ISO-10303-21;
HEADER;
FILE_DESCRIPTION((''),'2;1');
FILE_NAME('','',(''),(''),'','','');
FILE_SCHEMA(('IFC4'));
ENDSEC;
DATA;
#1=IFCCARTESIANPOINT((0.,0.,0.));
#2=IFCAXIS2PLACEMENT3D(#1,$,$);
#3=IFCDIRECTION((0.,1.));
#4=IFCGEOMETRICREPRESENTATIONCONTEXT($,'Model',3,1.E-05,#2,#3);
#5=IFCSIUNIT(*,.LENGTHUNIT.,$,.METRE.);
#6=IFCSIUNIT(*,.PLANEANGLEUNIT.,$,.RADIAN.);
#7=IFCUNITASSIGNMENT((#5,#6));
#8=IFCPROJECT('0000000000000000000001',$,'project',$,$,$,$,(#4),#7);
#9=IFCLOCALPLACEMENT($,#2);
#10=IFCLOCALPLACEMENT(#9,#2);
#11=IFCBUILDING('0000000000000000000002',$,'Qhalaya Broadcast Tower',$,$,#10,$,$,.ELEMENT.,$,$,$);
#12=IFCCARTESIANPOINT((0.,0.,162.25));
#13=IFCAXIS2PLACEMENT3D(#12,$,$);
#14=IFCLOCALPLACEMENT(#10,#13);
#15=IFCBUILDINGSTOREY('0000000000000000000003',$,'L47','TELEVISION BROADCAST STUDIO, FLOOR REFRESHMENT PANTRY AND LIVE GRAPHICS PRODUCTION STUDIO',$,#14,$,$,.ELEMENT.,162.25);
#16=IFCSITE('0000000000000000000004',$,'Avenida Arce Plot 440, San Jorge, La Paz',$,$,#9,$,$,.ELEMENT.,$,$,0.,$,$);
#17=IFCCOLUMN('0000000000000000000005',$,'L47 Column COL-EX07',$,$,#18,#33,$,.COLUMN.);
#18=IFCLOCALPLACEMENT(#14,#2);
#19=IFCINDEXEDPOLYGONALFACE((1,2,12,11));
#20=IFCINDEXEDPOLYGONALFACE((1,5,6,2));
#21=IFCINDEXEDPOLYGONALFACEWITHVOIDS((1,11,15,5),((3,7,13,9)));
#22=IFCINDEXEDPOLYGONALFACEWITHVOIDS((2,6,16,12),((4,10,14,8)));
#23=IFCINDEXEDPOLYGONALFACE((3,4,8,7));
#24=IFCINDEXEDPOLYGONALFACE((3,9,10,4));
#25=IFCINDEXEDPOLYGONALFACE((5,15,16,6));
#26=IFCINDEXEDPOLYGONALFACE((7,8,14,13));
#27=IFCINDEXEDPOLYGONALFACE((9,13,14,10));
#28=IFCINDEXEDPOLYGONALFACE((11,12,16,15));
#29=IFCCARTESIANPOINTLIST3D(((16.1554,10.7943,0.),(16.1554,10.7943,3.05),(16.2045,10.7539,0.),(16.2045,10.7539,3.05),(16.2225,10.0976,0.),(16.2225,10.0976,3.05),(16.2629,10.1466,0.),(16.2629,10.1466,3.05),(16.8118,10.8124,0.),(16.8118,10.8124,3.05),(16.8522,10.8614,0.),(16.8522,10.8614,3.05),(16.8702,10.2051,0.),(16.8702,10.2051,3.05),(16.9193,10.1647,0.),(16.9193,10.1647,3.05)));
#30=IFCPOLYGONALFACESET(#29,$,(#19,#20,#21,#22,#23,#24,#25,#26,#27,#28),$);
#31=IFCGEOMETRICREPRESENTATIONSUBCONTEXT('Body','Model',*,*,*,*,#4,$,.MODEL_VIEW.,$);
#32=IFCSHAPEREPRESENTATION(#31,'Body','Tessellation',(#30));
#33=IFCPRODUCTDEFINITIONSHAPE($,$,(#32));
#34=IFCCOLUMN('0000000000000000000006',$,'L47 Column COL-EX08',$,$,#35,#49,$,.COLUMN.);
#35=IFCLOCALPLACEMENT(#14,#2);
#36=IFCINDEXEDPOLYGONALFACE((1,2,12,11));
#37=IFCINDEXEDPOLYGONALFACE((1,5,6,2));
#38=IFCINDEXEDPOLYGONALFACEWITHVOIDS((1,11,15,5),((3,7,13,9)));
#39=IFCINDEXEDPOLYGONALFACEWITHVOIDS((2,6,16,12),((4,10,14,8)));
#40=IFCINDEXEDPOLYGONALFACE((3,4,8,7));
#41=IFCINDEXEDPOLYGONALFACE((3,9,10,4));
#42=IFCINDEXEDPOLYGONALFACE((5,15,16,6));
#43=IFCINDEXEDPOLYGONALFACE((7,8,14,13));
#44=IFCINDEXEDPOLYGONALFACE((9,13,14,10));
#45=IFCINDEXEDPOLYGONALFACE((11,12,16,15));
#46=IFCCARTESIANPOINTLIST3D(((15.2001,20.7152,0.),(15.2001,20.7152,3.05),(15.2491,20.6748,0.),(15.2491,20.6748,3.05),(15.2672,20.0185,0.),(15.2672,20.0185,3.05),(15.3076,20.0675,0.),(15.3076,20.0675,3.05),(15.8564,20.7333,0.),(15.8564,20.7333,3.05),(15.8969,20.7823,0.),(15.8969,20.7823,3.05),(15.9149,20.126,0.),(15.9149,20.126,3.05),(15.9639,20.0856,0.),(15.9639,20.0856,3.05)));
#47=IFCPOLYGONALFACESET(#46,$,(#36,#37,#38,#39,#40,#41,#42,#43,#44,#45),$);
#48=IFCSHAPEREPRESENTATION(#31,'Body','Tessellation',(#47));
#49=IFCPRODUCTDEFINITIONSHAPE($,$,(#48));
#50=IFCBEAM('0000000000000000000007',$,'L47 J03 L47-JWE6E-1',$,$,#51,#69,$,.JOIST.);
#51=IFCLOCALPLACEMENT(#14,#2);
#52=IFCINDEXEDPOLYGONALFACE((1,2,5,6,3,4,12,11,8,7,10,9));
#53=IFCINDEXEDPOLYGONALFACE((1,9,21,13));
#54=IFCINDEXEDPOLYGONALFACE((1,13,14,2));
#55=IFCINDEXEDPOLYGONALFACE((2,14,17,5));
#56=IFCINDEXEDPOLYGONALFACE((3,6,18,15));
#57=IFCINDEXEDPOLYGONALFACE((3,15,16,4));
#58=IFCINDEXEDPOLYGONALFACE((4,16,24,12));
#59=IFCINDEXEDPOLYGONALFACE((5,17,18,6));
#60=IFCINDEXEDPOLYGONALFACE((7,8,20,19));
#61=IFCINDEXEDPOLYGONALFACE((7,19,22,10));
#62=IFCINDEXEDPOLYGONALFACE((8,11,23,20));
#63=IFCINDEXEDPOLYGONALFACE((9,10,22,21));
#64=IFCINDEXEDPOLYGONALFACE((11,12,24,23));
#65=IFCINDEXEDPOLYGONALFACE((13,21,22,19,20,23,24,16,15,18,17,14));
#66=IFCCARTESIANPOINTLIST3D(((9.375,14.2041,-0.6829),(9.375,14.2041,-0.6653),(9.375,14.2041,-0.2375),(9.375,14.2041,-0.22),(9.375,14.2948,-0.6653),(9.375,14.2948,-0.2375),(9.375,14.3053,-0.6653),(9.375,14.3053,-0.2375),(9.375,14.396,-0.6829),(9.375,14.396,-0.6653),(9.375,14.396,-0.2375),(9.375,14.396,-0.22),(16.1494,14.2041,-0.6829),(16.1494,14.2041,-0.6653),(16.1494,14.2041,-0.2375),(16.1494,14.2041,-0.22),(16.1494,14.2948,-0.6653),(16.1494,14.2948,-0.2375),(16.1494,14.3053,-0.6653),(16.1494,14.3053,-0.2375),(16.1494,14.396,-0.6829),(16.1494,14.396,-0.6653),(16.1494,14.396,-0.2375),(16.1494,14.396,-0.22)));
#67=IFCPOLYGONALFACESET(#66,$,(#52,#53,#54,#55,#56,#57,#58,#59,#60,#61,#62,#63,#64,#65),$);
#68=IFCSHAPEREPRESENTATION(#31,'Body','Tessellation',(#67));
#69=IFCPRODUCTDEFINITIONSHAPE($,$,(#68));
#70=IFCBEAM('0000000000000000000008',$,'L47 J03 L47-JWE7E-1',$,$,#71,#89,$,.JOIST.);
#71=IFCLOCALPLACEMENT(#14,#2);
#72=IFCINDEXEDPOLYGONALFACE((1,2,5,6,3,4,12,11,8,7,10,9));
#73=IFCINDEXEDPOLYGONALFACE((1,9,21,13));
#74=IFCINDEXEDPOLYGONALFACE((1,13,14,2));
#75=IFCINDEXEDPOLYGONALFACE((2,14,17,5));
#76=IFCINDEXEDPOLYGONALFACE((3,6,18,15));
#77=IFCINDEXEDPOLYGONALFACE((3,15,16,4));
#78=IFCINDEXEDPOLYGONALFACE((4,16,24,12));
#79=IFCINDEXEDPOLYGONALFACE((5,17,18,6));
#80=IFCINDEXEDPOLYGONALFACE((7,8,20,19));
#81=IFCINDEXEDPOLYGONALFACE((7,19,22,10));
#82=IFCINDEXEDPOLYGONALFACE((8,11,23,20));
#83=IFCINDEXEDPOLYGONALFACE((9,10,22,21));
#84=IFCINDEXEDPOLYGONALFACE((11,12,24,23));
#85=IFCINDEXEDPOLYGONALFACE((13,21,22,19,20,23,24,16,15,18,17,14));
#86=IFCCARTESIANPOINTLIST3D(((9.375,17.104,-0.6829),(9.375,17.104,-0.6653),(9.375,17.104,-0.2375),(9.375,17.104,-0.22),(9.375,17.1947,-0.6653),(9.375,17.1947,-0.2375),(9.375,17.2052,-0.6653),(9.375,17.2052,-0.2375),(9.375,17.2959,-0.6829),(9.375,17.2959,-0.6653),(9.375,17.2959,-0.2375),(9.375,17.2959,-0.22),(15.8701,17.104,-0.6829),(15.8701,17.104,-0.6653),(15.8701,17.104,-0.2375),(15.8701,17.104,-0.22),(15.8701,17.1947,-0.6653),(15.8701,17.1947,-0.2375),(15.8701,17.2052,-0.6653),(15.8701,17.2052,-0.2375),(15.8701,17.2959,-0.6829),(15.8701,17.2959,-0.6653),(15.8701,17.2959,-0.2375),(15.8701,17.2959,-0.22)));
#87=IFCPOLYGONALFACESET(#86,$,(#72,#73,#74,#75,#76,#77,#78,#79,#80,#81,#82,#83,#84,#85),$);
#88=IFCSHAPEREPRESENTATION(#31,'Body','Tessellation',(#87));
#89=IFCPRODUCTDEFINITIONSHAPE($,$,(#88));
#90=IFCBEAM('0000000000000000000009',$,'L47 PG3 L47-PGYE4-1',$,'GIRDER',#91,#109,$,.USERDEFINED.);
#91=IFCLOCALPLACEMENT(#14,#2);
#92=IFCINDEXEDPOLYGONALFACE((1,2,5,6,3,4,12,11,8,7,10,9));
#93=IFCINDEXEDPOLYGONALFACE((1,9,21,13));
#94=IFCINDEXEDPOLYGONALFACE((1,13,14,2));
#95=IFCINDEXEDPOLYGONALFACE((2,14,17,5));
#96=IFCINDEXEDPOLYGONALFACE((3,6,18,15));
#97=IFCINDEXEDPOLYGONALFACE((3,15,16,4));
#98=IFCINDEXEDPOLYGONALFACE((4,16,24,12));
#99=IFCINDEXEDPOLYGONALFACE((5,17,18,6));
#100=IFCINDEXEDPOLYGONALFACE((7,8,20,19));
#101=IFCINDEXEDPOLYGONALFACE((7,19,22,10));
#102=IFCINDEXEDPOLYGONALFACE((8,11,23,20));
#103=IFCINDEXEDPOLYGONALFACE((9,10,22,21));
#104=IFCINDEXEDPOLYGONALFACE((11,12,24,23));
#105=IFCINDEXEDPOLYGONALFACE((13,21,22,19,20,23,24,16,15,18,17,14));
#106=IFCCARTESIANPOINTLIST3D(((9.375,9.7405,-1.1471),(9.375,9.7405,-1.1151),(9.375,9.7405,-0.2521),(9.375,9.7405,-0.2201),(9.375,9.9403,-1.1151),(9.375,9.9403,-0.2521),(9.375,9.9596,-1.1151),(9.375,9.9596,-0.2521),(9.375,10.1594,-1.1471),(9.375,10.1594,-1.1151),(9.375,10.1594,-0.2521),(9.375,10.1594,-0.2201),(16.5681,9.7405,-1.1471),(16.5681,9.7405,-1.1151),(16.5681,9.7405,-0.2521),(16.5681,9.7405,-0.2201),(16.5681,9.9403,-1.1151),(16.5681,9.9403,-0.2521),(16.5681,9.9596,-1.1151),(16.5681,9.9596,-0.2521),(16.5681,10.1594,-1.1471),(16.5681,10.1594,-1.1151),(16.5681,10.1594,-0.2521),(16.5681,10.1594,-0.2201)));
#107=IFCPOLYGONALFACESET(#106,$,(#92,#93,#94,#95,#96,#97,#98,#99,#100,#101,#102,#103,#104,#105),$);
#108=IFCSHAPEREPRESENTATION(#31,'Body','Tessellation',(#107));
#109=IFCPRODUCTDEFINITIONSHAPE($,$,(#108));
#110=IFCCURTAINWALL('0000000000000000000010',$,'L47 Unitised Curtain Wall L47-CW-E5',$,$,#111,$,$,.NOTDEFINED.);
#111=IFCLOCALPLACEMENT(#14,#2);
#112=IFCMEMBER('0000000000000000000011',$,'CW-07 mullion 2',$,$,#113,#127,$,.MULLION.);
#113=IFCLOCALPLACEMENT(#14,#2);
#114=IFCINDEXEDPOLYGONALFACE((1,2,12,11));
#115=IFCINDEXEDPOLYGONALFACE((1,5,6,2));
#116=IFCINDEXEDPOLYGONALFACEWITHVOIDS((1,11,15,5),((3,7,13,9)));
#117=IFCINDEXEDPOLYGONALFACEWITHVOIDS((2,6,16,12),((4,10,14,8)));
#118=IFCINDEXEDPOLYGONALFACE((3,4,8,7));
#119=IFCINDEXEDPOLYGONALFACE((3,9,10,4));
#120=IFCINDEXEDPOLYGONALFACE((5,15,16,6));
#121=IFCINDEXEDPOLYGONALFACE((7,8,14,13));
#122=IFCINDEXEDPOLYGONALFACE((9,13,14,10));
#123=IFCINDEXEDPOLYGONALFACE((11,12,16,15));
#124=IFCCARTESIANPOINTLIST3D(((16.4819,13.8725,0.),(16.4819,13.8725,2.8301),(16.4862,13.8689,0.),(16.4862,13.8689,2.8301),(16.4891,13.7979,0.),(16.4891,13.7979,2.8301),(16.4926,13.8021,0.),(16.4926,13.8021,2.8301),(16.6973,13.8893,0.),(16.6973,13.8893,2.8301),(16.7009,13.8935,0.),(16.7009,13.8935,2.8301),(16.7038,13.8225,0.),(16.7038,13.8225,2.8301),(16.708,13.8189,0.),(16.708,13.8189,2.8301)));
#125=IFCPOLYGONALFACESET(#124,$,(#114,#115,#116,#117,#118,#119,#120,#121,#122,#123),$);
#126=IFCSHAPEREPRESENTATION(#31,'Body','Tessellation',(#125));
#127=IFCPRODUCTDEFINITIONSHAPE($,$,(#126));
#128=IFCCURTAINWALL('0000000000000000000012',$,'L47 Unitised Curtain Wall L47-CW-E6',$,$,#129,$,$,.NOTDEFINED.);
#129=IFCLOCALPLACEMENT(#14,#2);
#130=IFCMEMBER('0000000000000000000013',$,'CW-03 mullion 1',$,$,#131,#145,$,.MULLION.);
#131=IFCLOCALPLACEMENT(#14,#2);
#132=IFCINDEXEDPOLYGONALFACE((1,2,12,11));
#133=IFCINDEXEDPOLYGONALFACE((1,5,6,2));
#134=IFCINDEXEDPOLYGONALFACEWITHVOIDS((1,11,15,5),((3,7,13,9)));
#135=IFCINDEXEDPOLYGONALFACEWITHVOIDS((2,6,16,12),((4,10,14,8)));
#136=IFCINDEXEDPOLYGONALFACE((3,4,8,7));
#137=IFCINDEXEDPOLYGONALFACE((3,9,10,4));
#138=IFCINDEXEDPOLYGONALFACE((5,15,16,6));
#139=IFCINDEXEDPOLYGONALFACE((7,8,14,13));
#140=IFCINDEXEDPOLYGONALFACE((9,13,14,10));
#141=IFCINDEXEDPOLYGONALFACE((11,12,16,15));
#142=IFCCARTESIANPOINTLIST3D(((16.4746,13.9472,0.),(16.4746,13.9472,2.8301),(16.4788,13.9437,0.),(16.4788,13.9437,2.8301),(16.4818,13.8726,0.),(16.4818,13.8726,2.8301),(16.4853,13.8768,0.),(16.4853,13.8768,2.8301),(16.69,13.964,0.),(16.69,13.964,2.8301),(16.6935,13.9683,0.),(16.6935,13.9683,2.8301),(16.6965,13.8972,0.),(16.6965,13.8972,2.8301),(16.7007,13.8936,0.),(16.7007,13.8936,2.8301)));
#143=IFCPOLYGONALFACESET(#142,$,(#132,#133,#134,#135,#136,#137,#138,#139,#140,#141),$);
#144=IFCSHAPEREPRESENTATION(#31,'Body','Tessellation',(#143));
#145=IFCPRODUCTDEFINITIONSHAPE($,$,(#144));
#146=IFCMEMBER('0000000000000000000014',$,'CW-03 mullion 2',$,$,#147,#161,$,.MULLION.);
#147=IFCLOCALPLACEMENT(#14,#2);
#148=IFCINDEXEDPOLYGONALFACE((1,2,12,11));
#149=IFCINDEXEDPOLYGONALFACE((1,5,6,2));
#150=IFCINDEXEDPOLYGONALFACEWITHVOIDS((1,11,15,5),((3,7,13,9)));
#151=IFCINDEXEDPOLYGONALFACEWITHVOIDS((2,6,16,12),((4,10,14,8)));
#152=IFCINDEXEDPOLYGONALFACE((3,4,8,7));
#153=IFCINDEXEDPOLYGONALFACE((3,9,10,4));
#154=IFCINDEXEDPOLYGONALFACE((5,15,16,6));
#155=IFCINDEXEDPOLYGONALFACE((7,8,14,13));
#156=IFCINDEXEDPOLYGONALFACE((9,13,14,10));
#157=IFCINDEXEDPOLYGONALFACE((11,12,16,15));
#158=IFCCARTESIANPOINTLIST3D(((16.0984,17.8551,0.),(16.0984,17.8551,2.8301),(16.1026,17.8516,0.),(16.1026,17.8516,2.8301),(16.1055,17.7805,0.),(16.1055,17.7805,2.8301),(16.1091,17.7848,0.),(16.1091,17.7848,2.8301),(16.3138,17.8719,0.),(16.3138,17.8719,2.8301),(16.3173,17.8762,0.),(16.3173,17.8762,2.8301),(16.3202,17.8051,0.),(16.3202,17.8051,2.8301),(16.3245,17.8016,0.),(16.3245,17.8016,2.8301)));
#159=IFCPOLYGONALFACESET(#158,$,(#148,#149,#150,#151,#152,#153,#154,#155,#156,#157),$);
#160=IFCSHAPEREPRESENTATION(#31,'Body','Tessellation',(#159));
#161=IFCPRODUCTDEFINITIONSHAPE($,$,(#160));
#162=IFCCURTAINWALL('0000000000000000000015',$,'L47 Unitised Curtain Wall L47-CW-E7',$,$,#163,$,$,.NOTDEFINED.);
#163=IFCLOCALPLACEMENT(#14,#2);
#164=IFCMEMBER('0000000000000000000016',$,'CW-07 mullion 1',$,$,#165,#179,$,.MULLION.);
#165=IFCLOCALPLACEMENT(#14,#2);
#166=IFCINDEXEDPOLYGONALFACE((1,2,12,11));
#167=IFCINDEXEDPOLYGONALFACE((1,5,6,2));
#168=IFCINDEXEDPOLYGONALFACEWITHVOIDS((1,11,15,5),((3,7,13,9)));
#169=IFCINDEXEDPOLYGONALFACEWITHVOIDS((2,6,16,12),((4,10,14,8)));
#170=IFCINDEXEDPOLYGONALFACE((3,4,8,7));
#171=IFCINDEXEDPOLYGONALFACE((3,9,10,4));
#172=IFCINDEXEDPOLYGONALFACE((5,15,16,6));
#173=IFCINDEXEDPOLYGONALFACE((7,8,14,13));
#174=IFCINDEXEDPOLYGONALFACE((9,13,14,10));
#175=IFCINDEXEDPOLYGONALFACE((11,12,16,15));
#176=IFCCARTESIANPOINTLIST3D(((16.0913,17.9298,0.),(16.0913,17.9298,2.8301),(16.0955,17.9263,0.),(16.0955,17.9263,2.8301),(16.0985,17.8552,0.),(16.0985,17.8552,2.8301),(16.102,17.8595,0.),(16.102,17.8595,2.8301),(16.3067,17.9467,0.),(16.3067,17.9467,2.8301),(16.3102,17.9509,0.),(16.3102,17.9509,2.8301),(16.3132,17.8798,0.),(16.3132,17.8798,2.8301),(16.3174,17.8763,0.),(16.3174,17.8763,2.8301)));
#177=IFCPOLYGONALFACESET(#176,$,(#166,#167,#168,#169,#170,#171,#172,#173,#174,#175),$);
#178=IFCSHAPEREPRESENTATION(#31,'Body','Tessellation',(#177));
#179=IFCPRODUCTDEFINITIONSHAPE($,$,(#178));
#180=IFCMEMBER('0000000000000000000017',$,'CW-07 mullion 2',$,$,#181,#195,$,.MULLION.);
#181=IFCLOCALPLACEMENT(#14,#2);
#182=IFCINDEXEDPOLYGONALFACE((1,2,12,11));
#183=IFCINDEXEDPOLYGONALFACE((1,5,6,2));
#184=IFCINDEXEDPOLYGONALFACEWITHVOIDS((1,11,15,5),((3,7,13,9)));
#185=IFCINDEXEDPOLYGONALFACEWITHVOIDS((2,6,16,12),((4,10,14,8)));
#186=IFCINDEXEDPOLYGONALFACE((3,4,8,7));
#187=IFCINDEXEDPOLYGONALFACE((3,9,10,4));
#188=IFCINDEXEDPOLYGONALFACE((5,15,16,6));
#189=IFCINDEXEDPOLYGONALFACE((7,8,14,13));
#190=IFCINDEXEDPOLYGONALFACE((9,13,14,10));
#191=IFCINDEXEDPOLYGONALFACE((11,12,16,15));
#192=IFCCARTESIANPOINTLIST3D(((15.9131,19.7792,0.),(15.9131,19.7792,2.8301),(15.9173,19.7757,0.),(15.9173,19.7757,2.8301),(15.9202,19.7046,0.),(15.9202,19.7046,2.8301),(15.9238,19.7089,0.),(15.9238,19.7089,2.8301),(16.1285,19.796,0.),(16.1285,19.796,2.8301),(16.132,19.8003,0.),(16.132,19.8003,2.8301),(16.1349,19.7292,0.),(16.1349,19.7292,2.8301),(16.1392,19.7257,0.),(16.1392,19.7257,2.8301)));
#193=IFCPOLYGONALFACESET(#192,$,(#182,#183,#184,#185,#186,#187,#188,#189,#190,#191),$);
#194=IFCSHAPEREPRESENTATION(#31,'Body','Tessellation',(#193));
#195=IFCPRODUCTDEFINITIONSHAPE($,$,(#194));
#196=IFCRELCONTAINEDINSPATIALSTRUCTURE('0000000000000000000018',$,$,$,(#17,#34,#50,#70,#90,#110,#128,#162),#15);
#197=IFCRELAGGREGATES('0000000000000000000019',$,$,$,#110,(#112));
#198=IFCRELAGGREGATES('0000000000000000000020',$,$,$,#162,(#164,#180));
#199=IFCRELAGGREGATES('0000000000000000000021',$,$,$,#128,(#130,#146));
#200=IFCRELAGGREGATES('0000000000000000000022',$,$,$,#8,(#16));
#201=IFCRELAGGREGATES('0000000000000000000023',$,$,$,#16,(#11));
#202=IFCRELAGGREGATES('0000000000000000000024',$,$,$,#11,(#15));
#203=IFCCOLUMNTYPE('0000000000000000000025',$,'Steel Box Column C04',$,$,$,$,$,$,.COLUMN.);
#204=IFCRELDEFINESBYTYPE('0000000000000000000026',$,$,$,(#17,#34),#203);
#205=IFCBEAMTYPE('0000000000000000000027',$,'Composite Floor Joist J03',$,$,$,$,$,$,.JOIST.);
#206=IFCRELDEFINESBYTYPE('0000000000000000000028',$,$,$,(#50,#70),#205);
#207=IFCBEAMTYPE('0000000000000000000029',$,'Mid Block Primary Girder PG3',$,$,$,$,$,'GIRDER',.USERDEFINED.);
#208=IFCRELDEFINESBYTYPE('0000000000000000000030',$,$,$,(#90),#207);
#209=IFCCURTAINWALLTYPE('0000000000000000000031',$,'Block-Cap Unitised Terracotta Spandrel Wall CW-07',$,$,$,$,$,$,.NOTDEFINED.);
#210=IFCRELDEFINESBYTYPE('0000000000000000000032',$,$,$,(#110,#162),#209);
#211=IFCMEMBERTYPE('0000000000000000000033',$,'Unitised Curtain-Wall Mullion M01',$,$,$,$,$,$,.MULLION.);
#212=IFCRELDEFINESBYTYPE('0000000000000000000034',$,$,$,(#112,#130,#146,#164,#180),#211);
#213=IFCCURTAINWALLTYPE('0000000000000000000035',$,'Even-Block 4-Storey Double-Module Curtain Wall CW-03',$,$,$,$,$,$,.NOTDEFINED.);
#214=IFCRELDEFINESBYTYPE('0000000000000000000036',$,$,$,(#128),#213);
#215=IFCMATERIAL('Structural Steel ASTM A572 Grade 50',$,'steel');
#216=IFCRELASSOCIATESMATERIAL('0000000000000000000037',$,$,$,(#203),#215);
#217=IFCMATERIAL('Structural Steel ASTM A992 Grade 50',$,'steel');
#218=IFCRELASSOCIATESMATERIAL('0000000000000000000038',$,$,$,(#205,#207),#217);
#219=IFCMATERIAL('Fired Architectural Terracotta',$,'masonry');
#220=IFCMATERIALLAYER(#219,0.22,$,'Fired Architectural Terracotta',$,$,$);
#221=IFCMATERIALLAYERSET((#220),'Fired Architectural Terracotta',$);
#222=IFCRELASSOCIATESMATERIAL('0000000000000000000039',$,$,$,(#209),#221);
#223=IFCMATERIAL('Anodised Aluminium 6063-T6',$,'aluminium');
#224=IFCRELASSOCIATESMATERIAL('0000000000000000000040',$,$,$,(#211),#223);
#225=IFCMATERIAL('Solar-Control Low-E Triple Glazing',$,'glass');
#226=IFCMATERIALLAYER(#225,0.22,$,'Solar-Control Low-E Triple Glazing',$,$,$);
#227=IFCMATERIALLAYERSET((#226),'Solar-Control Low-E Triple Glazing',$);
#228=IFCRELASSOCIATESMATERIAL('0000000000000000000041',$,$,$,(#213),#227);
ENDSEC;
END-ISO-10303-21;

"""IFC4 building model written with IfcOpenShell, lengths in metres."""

from ifc_helpers import new_model, si_unit, direction, frame, origin, origin_2d, place, context, subcontext, project, spatial, hollow_rectangle, i_section, extrude, material, layer, layer_set, material_profile, profile_set, type_object, element, aggregate, save


model = new_model("IFC4")

# Units and contexts
model_context = context("Model", 3, precision=1e-05, world=origin(), true_north=direction((0.0, 1.0)))
body_context = subcontext(model_context, "Body", "Model", "MODEL_VIEW")
ifc_project = project(units=[si_unit("LENGTHUNIT", "METRE"), si_unit("PLANEANGLEUNIT", "RADIAN")], contexts=[model_context])

# Site, building, storey
site_placement = place(None, origin())
site = spatial("IfcSite", under=ifc_project, at=site_placement, Name="Avenida Arce Plot 440, San Jorge, La Paz", CompositionType="ELEMENT", RefElevation=0.0)
building_placement = place(site_placement, origin())
building = spatial("IfcBuilding", under=site, at=building_placement, Name="Qhalaya Broadcast Tower", CompositionType="ELEMENT")
storey_placement = place(building_placement, frame((0.0, 0.0, 162.25)))
storey = spatial("IfcBuildingStorey", under=building, at=storey_placement, Name="L47", Description="TELEVISION BROADCAST STUDIO, FLOOR REFRESHMENT PANTRY AND LIVE GRAPHICS PRODUCTION STUDIO", CompositionType="ELEMENT", Elevation=162.25)

# Columns
ifc_material_1 = material(Name="Structural Steel ASTM A572 Grade 50", Category="steel")
ifc_material_profile_1 = material_profile(ifc_material_1, hollow_rectangle(XDim=0.7, YDim=0.7, WallThickness=0.0449, at=origin_2d()), Name="BOX 700x700x45")
ifc_profile_set_1 = profile_set([ifc_material_profile_1], Name="Structural Steel ASTM A572 Grade 50")
column_type = type_object("IfcColumnType", Name="Steel Box Column C04", PredefinedType="COLUMN", material=ifc_profile_set_1)
for number, where, z_axis, x_axis, name in (
    (1, (16.5374, 10.4795, 0.0), (0.0, 0.0, 1.0), (-0.095846, 0.995396, 0.0), "L47 Column COL-EX07"),
    (2, (15.582, 20.4004, 0.0), (0.0, 0.0, 1.0), (-0.095846, 0.995396, 0.0), "L47 Column COL-EX08"),
):
    element("IfcColumn", number, at=place(storey_placement, frame(where, z_axis=z_axis, x_axis=x_axis)), inside=storey, type_object=column_type, Name=name, PredefinedType="COLUMN", context=body_context, shape_type="SweptSolid", body=[
        extrude(hollow_rectangle(XDim=0.7, YDim=0.7, WallThickness=0.0449, at=origin_2d()), origin(), (0.0, 0.0, 1.0), 3.05),
    ])

# Beams
ifc_material_2 = material(Name="Structural Steel ASTM A992 Grade 50", Category="steel")
ifc_material_profile_2 = material_profile(ifc_material_2, i_section(OverallWidth=0.1919, OverallDepth=0.4629, WebThickness=0.0105, FlangeThickness=0.0176, at=origin_2d()), Name="W18X60")
ifc_profile_set_2 = profile_set([ifc_material_profile_2], Name="Structural Steel ASTM A992 Grade 50")
beam_type_1 = type_object("IfcBeamType", Name="Composite Floor Joist J03", PredefinedType="JOIST", material=ifc_profile_set_2)
beam_1_placement = place(storey_placement, frame((9.375, 14.3, -0.4514), z_axis=(1.0, 0.0, 0.0), x_axis=(0.0, 1.0, 0.0)))
element("IfcBeam", 3, at=beam_1_placement, inside=storey, type_object=beam_type_1, Name="L47 J03 L47-JWE6E-1", PredefinedType="JOIST", context=body_context, shape_type="SweptSolid", body=[
    extrude(i_section(OverallWidth=0.1919, OverallDepth=0.4629, WebThickness=0.0105, FlangeThickness=0.0176, at=origin_2d()), origin(), (0.0, 0.0, 1.0), 6.7744),
])
beam_2_placement = place(storey_placement, frame((9.375, 17.2, -0.4514), z_axis=(1.0, 0.0, 0.0), x_axis=(0.0, 1.0, 0.0)))
element("IfcBeam", 4, at=beam_2_placement, inside=storey, type_object=beam_type_1, Name="L47 J03 L47-JWE7E-1", PredefinedType="JOIST", context=body_context, shape_type="SweptSolid", body=[
    extrude(i_section(OverallWidth=0.1919, OverallDepth=0.4629, WebThickness=0.0105, FlangeThickness=0.0176, at=origin_2d()), origin(), (0.0, 0.0, 1.0), 6.4951),
])
ifc_material_profile_3 = material_profile(ifc_material_2, i_section(OverallWidth=0.4189, OverallDepth=0.927, WebThickness=0.0193, FlangeThickness=0.032, at=origin_2d()), Name="W36X231")
ifc_profile_set_3 = profile_set([ifc_material_profile_3], Name="Structural Steel ASTM A992 Grade 50")
beam_type_2 = type_object("IfcBeamType", Name="Mid Block Primary Girder PG3", ElementType="GIRDER", PredefinedType="USERDEFINED", material=ifc_profile_set_3)
beam_3_placement = place(storey_placement, frame((9.375, 9.95, -0.6836), z_axis=(1.0, 0.0, 0.0), x_axis=(0.0, 1.0, 0.0)))
element("IfcBeam", 5, at=beam_3_placement, inside=storey, type_object=beam_type_2, Name="L47 PG3 L47-PGYE4-1", ObjectType="GIRDER", PredefinedType="USERDEFINED", context=body_context, shape_type="SweptSolid", body=[
    extrude(i_section(OverallWidth=0.4189, OverallDepth=0.927, WebThickness=0.0193, FlangeThickness=0.032, at=origin_2d()), origin(), (0.0, 0.0, 1.0), 7.1931),
])

# Curtain wall, member
ifc_material_3 = material(Name="Fired Architectural Terracotta", Category="masonry")
ifc_layer_1 = layer(ifc_material_3, 0.22, Name="Fired Architectural Terracotta")
ifc_layer_set_1 = layer_set([ifc_layer_1], Name="Fired Architectural Terracotta")
curtain_wall_type_1 = type_object("IfcCurtainWallType", Name="Block-Cap Unitised Terracotta Spandrel Wall CW-07", PredefinedType="NOTDEFINED", material=ifc_layer_set_1)
curtain_wall_1_placement = place(storey_placement, origin())
curtain_wall_1 = element("IfcCurtainWall", 6, at=curtain_wall_1_placement, inside=storey, type_object=curtain_wall_type_1, Name="L47 Unitised Curtain Wall L47-CW-E5", PredefinedType="NOTDEFINED")
ifc_material_4 = material(Name="Anodised Aluminium 6063-T6", Category="aluminium")
ifc_material_profile_4 = material_profile(ifc_material_4, hollow_rectangle(XDim=0.075, YDim=0.22, WallThickness=0.0039, at=origin_2d()), Name="ALU-MUL 75x220x4")
ifc_profile_set_4 = profile_set([ifc_material_profile_4], Name="Anodised Aluminium 6063-T6")
member_type_1 = type_object("IfcMemberType", Name="Unitised Curtain-Wall Mullion M01", PredefinedType="MULLION", material=ifc_profile_set_4)
member_1_placement = place(storey_placement, frame((16.595, 13.8457, 0.0), z_axis=(0.0, 0.0, 1.0), x_axis=(-0.095854, 0.995395, 0.0)))
member_1 = element("IfcMember", 7, at=member_1_placement, type_object=member_type_1, Name="CW-07 mullion 2", PredefinedType="MULLION", context=body_context, shape_type="SweptSolid", body=[
    extrude(hollow_rectangle(XDim=0.075, YDim=0.22, WallThickness=0.0039, at=origin_2d()), origin(), (0.0, 0.0, 1.0), 2.8301),
])

# Curtain walls, members
ifc_material_5 = material(Name="Solar-Control Low-E Triple Glazing", Category="glass")
ifc_layer_2 = layer(ifc_material_5, 0.22, Name="Solar-Control Low-E Triple Glazing")
ifc_layer_set_2 = layer_set([ifc_layer_2], Name="Solar-Control Low-E Triple Glazing")
curtain_wall_type_2 = type_object("IfcCurtainWallType", Name="Even-Block 4-Storey Double-Module Curtain Wall CW-03", PredefinedType="NOTDEFINED", material=ifc_layer_set_2)
curtain_wall_2_placement = place(storey_placement, origin())
curtain_wall_2 = element("IfcCurtainWall", 8, at=curtain_wall_2_placement, inside=storey, type_object=curtain_wall_type_2, Name="L47 Unitised Curtain Wall L47-CW-E6", PredefinedType="NOTDEFINED")
member_2_placement = place(storey_placement, frame((16.5876, 13.9204, 0.0), z_axis=(0.0, 0.0, 1.0), x_axis=(-0.095826, 0.995398, 0.0)))
member_2 = element("IfcMember", 9, at=member_2_placement, type_object=member_type_1, Name="CW-03 mullion 1", PredefinedType="MULLION", context=body_context, shape_type="SweptSolid", body=[
    extrude(hollow_rectangle(XDim=0.075, YDim=0.22, WallThickness=0.0039, at=origin_2d()), origin(), (0.0, 0.0, 1.0), 2.8301),
])
member_3_placement = place(storey_placement, frame((16.2114, 17.8284, 0.0), z_axis=(0.0, 0.0, 1.0), x_axis=(-0.095826, 0.995398, 0.0)))
member_3 = element("IfcMember", 10, at=member_3_placement, type_object=member_type_1, Name="CW-03 mullion 2", PredefinedType="MULLION", context=body_context, shape_type="SweptSolid", body=[
    extrude(hollow_rectangle(XDim=0.075, YDim=0.22, WallThickness=0.0039, at=origin_2d()), origin(), (0.0, 0.0, 1.0), 2.8301),
])
curtain_wall_3_placement = place(storey_placement, origin())
curtain_wall_3 = element("IfcCurtainWall", 11, at=curtain_wall_3_placement, inside=storey, type_object=curtain_wall_type_1, Name="L47 Unitised Curtain Wall L47-CW-E7", PredefinedType="NOTDEFINED")
member_4_placement = place(storey_placement, frame((16.2043, 17.9031, 0.0), z_axis=(0.0, 0.0, 1.0), x_axis=(-0.095861, 0.995395, 0.0)))
member_4 = element("IfcMember", 12, at=member_4_placement, type_object=member_type_1, Name="CW-07 mullion 1", PredefinedType="MULLION", context=body_context, shape_type="SweptSolid", body=[
    extrude(hollow_rectangle(XDim=0.075, YDim=0.22, WallThickness=0.0039, at=origin_2d()), origin(), (0.0, 0.0, 1.0), 2.8301),
])
member_5_placement = place(storey_placement, frame((16.0261, 19.7524, 0.0), z_axis=(0.0, 0.0, 1.0), x_axis=(-0.095861, 0.995395, 0.0)))
member_5 = element("IfcMember", 13, at=member_5_placement, type_object=member_type_1, Name="CW-07 mullion 2", PredefinedType="MULLION", context=body_context, shape_type="SweptSolid", body=[
    extrude(hollow_rectangle(XDim=0.075, YDim=0.22, WallThickness=0.0039, at=origin_2d()), origin(), (0.0, 0.0, 1.0), 2.8301),
])

aggregate(curtain_wall_1, [member_1])
aggregate(curtain_wall_3, [member_4, member_5])
aggregate(curtain_wall_2, [member_2, member_3])

save(model, "model.ifc")
